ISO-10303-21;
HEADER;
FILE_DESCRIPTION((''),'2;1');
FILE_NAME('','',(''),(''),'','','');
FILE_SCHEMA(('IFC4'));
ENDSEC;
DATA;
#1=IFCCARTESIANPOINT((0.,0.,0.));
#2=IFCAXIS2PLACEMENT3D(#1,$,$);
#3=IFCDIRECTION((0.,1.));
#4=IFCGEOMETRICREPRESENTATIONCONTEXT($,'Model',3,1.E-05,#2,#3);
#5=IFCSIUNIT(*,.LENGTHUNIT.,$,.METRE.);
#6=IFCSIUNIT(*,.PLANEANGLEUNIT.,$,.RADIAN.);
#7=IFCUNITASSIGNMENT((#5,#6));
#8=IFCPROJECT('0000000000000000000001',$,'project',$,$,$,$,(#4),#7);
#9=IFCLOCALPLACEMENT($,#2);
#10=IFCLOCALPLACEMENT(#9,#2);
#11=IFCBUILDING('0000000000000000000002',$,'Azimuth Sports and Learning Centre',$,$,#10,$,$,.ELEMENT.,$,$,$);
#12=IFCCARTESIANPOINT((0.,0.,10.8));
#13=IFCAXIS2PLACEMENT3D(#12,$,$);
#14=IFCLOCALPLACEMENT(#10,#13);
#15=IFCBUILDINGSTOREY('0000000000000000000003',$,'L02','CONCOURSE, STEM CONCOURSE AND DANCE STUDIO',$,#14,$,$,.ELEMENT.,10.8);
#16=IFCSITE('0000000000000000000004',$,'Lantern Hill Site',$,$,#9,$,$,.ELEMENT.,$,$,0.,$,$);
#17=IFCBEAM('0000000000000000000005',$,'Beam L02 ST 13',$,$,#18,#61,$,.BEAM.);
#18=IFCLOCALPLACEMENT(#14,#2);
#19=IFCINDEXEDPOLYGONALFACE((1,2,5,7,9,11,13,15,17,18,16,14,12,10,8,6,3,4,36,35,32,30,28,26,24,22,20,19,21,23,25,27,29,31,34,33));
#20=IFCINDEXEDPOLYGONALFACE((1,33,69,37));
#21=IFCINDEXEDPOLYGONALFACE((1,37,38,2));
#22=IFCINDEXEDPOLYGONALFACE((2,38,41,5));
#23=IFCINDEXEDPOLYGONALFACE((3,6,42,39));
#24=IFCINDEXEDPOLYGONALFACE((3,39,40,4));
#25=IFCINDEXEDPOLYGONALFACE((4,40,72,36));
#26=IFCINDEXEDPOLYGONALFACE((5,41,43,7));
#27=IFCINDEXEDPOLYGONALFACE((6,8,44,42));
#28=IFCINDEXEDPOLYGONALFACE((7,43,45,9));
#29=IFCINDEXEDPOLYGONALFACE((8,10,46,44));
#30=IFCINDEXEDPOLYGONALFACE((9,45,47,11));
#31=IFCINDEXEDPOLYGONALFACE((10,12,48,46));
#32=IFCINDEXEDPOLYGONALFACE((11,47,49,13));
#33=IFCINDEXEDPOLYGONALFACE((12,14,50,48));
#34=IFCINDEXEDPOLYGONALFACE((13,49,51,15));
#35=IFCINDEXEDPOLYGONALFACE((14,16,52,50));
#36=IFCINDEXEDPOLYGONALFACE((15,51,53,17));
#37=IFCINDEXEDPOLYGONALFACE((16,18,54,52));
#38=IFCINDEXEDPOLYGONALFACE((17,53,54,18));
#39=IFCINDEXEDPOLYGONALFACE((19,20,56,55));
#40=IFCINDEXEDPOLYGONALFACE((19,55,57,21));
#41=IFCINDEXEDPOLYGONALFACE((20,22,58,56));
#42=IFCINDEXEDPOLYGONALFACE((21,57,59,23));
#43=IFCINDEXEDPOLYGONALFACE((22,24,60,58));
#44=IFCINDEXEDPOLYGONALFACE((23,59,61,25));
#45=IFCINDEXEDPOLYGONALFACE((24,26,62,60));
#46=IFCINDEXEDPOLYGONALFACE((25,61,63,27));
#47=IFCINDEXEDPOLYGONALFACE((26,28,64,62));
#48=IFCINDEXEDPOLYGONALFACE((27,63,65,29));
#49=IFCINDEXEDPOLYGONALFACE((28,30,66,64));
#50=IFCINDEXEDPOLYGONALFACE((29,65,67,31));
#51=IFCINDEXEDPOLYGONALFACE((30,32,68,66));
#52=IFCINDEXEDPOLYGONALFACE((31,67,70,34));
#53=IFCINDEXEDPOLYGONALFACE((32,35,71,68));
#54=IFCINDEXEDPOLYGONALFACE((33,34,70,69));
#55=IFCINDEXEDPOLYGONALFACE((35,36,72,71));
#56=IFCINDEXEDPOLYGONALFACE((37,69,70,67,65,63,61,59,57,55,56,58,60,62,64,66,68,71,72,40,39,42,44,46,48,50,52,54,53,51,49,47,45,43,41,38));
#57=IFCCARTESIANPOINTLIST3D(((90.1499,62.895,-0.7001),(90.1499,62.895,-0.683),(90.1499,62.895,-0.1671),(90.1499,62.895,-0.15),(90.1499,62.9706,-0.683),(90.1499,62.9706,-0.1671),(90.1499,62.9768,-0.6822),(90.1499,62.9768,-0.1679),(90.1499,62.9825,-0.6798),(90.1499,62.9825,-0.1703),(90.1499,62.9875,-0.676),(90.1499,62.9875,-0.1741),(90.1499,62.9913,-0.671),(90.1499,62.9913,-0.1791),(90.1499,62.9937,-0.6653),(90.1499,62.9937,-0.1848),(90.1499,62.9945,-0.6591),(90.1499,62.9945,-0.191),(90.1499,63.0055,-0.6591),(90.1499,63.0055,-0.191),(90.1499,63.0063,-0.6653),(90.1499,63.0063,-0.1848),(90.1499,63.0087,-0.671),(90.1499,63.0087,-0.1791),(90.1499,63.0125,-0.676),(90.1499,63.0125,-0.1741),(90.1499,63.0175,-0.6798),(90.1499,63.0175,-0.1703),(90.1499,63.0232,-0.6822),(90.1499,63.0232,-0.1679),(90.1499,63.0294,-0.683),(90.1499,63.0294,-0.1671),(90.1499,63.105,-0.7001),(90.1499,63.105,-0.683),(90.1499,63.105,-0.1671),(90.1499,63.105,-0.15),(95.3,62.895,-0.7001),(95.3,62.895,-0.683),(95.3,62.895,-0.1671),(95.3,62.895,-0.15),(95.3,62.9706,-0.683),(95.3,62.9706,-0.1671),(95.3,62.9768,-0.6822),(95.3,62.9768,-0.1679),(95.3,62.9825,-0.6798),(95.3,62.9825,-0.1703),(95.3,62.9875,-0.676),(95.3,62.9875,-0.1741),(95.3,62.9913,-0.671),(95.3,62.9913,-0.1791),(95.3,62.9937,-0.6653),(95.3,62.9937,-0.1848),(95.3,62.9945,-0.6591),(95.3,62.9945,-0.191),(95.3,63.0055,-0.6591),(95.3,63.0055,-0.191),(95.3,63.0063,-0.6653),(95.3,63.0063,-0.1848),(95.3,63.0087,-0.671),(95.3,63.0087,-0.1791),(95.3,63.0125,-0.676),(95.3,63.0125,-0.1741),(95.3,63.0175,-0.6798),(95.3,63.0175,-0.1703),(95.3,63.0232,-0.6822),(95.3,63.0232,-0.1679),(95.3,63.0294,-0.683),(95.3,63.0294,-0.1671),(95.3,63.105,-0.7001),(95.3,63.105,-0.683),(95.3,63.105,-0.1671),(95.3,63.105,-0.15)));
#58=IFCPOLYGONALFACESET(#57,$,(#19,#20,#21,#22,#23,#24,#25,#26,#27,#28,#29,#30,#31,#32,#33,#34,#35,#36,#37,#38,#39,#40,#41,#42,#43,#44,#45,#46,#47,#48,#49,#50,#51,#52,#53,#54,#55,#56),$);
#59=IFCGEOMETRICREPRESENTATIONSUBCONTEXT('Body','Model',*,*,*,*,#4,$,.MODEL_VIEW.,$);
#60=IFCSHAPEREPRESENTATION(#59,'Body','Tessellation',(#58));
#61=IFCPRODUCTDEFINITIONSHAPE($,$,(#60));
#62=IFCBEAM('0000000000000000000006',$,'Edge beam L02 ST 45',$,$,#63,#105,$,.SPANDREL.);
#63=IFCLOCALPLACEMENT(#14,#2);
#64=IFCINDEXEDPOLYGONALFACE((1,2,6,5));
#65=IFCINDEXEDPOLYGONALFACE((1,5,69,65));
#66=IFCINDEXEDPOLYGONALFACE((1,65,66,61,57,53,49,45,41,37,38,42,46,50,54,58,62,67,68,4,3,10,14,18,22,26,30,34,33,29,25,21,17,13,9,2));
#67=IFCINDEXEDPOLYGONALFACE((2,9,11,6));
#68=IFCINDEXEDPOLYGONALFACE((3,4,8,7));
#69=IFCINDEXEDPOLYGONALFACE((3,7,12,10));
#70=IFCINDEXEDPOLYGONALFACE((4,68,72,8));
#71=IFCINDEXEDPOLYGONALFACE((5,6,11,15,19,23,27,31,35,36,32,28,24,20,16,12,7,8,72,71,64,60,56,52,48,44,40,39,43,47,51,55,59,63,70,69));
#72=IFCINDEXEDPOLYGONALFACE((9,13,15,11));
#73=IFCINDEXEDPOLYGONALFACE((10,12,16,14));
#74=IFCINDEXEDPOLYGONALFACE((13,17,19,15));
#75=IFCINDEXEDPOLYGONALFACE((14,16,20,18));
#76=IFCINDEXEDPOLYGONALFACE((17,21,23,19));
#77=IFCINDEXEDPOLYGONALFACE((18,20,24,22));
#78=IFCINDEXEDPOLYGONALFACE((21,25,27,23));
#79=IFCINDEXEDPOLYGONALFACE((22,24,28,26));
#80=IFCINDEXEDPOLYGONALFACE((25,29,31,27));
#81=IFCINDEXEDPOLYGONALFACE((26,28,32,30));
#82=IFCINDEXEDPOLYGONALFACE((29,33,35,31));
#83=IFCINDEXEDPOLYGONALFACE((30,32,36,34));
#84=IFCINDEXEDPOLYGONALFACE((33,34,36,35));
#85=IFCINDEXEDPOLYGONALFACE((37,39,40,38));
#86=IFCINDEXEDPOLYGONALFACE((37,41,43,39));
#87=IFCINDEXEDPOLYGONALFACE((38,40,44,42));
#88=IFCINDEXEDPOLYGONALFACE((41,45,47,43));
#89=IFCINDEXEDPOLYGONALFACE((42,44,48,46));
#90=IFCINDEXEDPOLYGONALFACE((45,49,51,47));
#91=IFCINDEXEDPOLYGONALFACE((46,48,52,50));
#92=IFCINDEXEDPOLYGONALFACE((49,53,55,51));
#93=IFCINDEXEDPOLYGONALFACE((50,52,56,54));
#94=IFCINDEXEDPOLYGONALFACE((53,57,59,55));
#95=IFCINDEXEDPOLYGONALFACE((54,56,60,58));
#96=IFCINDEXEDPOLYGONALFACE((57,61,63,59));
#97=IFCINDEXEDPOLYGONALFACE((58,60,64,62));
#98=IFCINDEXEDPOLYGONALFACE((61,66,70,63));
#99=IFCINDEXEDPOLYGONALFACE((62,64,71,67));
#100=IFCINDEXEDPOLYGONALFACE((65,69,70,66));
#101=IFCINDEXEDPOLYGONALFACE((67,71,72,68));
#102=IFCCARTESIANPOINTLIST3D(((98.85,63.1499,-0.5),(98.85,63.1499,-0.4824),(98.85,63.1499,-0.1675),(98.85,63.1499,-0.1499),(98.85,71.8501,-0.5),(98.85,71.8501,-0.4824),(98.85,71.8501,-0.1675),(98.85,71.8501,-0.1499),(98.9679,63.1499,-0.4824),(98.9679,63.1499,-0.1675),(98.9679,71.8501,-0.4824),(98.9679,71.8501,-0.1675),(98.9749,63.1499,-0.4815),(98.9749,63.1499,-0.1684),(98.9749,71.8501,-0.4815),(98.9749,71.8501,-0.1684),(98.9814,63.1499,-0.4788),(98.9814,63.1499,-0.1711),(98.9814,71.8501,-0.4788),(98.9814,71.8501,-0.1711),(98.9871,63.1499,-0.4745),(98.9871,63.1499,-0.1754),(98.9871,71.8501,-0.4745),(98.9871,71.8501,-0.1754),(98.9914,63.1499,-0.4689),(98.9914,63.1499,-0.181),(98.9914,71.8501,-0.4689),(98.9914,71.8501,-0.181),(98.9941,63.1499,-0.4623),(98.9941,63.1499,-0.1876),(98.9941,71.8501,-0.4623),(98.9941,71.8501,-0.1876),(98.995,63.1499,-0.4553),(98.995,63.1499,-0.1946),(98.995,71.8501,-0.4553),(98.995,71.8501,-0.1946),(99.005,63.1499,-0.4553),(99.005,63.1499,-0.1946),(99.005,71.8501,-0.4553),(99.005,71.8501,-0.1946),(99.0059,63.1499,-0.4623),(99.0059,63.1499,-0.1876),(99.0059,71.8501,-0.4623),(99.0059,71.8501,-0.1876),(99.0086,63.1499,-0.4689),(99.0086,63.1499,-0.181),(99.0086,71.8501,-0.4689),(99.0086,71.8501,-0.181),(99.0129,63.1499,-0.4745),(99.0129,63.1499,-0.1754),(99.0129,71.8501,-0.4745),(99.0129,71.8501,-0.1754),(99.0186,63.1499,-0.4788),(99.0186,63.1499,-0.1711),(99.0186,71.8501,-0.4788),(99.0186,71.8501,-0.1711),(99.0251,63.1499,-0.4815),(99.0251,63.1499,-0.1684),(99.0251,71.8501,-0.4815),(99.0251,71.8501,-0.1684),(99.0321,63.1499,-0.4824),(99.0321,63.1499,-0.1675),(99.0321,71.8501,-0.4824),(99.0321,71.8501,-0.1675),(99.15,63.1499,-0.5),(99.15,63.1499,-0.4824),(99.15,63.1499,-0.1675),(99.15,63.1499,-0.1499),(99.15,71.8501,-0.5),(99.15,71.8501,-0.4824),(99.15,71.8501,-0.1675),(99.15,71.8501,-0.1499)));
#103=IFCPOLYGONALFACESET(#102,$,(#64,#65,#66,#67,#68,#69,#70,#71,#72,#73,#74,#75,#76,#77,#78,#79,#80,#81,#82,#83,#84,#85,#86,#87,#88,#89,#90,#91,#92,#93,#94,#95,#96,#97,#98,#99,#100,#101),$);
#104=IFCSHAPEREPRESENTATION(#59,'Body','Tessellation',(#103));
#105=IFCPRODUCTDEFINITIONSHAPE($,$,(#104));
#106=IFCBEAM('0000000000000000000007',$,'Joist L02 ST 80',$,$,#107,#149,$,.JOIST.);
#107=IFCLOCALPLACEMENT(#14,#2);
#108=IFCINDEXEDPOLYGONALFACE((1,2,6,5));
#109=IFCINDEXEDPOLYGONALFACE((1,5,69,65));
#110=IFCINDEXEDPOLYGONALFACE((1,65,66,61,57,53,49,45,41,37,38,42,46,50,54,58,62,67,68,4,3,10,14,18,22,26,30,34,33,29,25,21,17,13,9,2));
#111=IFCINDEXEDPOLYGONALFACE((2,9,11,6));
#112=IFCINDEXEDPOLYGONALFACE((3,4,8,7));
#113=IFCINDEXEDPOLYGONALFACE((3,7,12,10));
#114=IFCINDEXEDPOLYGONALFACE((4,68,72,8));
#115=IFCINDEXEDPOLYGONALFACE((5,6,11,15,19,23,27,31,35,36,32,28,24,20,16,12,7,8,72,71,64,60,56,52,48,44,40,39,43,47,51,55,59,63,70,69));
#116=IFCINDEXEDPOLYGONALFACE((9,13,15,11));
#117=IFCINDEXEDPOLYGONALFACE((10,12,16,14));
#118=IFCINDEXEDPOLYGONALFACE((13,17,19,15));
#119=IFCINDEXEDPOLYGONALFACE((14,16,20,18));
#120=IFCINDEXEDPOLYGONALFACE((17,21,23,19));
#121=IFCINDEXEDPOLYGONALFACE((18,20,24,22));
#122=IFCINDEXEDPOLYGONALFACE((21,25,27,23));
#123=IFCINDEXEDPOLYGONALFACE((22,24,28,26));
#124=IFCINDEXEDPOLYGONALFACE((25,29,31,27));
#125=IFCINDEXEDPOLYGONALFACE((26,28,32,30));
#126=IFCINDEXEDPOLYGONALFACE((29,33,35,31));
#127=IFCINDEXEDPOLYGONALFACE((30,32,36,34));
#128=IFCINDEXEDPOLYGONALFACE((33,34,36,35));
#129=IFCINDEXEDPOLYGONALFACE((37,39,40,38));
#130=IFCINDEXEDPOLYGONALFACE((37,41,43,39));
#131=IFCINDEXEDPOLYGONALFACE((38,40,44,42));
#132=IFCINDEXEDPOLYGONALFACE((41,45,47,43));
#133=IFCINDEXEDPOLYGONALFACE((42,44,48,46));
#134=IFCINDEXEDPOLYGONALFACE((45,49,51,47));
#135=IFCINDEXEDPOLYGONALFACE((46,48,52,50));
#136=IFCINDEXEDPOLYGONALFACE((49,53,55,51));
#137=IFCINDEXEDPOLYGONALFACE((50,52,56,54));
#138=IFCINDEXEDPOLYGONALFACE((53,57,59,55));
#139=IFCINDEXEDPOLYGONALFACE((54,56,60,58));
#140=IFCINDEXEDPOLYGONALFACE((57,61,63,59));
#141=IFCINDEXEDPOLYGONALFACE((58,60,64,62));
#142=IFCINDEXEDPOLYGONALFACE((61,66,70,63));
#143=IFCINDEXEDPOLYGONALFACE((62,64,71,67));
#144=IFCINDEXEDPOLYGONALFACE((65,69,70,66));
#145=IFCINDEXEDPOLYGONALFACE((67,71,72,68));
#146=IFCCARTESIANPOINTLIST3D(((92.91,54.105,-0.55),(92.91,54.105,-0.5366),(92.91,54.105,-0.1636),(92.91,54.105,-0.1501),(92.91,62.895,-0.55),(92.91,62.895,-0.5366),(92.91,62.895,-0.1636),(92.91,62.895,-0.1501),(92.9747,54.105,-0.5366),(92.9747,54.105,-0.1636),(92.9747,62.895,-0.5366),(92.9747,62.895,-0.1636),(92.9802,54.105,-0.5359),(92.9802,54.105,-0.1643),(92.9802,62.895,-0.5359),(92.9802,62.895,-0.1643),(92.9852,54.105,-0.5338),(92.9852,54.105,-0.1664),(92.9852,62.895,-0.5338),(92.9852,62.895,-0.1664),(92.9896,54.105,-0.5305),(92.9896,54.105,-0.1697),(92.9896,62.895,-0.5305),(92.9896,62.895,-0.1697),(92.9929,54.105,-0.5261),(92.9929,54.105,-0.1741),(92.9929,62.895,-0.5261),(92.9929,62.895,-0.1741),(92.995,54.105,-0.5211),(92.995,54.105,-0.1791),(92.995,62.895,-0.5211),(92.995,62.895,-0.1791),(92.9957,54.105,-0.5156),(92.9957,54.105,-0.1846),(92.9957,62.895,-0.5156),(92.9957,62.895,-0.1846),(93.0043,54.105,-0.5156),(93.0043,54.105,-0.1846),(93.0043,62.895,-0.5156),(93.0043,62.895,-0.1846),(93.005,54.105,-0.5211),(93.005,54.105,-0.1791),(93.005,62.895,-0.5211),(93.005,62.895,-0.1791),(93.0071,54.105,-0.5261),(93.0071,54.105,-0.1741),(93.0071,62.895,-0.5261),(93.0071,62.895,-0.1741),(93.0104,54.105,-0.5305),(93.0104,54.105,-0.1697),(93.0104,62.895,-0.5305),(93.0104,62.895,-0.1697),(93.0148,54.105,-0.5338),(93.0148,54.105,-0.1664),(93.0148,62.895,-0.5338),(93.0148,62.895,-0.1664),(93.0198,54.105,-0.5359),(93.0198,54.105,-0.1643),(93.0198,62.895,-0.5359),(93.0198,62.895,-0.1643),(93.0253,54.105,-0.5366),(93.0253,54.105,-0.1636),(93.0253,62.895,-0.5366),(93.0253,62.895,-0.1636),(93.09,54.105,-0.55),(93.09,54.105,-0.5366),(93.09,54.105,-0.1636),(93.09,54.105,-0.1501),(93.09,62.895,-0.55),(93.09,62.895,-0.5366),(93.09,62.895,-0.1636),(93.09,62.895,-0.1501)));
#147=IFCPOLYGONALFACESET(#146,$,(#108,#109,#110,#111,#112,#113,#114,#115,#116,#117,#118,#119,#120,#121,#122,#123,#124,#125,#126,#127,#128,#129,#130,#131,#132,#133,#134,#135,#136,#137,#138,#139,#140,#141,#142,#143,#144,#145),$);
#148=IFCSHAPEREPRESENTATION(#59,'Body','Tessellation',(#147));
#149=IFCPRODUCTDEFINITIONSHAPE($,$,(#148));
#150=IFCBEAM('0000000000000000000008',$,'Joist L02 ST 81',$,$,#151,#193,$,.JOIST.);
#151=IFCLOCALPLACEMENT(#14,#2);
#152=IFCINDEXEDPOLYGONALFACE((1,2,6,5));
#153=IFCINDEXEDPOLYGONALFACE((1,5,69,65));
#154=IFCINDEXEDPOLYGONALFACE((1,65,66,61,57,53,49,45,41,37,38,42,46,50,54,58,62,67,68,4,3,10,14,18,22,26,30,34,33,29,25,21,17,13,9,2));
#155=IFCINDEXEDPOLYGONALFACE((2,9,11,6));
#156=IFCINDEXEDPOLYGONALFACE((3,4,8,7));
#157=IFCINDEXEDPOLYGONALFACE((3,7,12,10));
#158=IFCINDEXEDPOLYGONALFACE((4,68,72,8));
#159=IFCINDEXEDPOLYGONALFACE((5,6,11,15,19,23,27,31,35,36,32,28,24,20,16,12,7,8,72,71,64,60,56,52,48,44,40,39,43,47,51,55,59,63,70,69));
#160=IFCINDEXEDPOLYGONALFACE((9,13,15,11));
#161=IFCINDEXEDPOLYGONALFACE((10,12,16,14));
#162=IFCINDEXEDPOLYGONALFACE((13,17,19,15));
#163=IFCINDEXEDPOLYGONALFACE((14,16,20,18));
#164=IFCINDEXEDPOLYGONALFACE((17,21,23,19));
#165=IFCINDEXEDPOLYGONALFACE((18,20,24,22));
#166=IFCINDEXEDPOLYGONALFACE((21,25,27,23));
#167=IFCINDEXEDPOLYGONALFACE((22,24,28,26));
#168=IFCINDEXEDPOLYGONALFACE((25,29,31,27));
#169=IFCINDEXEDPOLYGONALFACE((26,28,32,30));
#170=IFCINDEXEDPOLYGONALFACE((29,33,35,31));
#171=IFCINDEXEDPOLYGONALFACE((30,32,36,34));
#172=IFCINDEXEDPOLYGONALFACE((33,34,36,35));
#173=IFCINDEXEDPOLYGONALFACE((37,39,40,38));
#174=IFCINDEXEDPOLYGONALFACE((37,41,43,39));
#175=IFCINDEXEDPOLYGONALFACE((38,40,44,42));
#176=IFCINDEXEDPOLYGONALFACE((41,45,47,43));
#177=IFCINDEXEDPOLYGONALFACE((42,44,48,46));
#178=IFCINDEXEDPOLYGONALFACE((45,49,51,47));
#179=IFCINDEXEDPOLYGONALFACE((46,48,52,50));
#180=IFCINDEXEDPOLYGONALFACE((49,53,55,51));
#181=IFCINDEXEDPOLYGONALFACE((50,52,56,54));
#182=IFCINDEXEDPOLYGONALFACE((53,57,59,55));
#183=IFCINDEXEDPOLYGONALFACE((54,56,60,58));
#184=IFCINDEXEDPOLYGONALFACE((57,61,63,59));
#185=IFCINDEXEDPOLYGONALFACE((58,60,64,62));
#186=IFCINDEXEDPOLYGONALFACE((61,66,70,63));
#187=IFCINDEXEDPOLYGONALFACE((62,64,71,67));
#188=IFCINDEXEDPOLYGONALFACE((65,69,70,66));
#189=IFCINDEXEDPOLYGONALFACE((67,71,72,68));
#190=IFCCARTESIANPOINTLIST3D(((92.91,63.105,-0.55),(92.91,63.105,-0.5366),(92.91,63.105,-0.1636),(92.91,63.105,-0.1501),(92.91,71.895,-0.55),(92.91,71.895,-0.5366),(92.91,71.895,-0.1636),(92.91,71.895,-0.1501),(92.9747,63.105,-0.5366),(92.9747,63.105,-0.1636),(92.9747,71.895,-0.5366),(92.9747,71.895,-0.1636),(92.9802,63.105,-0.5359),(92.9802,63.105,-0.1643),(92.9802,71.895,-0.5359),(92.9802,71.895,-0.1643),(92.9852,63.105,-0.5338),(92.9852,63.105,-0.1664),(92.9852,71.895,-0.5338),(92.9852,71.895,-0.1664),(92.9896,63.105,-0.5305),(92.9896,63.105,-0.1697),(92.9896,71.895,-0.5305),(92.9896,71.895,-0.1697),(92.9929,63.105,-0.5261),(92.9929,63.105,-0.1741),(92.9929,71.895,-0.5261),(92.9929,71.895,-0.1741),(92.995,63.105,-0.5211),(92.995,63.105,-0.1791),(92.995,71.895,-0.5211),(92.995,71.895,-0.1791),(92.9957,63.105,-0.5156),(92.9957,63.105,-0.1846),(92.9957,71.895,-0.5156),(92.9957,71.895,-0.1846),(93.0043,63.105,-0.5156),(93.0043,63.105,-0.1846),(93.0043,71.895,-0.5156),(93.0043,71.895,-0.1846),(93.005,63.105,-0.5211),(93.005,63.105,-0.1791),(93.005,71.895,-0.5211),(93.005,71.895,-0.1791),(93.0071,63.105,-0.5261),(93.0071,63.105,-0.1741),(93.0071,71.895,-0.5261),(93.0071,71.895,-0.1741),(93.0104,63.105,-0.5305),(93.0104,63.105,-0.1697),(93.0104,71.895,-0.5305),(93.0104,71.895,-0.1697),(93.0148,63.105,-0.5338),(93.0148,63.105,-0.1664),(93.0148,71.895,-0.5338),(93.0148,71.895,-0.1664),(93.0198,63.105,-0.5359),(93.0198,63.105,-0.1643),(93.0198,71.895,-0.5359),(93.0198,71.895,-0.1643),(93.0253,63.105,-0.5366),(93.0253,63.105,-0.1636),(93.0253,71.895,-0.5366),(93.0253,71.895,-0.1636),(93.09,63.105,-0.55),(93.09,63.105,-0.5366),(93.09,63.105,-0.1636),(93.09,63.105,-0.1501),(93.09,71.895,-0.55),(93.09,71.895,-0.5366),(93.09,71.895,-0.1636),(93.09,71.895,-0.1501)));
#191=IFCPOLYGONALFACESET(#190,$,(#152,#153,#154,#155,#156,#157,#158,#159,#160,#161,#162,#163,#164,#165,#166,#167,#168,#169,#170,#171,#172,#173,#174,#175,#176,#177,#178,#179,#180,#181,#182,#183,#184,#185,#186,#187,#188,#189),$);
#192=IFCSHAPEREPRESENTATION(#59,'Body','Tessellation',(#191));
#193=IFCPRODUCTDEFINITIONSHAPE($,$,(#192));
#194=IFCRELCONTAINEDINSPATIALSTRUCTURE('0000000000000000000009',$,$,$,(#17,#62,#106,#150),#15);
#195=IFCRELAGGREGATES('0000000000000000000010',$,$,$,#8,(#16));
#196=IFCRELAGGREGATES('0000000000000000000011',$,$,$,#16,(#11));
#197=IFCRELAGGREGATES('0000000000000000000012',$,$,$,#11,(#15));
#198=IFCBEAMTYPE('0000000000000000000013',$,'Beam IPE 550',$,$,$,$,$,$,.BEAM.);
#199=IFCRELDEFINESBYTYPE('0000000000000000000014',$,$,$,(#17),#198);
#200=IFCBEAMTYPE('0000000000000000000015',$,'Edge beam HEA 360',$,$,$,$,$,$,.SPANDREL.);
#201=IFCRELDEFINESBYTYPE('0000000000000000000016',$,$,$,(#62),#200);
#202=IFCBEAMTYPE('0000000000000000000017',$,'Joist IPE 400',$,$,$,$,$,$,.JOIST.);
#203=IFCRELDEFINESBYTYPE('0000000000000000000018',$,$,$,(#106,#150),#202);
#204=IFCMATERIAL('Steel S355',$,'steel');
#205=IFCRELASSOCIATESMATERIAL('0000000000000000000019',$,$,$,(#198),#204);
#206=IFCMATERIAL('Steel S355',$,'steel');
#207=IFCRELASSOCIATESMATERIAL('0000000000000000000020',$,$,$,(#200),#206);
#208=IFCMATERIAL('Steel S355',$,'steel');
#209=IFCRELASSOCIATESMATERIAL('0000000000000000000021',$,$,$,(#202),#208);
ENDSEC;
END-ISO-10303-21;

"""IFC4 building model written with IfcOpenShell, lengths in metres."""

from ifc_helpers import new_model, si_unit, direction, frame, origin, origin_2d, place, context, subcontext, project, spatial, i_section, extrude, material, material_profile, profile_set, type_object, element, save


model = new_model("IFC4")

# Units and contexts
model_context = context("Model", 3, precision=1e-05, world=origin(), true_north=direction((0.0, 1.0)))
body_context = subcontext(model_context, "Body", "Model", "MODEL_VIEW")
ifc_project = project(units=[si_unit("LENGTHUNIT", "METRE"), si_unit("PLANEANGLEUNIT", "RADIAN")], contexts=[model_context])

# Site, building, storey
site_placement = place(None, origin())
site = spatial("IfcSite", under=ifc_project, at=site_placement, Name="Lantern Hill Site", CompositionType="ELEMENT", RefElevation=0.0)
building_placement = place(site_placement, origin())
building = spatial("IfcBuilding", under=site, at=building_placement, Name="Azimuth Sports and Learning Centre", CompositionType="ELEMENT")
storey_placement = place(building_placement, frame((0.0, 0.0, 10.8)))
storey = spatial("IfcBuildingStorey", under=building, at=storey_placement, Name="L02", Description="CONCOURSE, STEM CONCOURSE AND DANCE STUDIO", CompositionType="ELEMENT", Elevation=10.8)

# Beams
ifc_material_1 = material(Name="Steel S355", Category="steel")
ifc_material_profile_1 = material_profile(ifc_material_1, i_section(OverallWidth=0.21, OverallDepth=0.55, WebThickness=0.011, FlangeThickness=0.0171, FilletRadius=0.0239, at=origin_2d()), Name="IPE 550")
ifc_profile_set_1 = profile_set([ifc_material_profile_1], Name="Steel S355")
beam_type_1 = type_object("IfcBeamType", Name="Beam IPE 550", PredefinedType="BEAM", material=ifc_profile_set_1)
for number, where, z_axis, x_axis, name in (
    (1, (90.1499, 63.0, -0.425), (1.0, 0.0, 0.0), (0.0, 1.0, 0.0), "Beam L02 ST 13"),
):
    element("IfcBeam", number, at=place(storey_placement, frame(where, z_axis=z_axis, x_axis=x_axis)), inside=storey, type_object=beam_type_1, Name=name, PredefinedType="BEAM", context=body_context, shape_type="SweptSolid", body=[
        extrude(i_section(OverallWidth=0.21, OverallDepth=0.55, WebThickness=0.011, FlangeThickness=0.0171, FilletRadius=0.0239, at=origin_2d()), origin(), (0.0, 0.0, 1.0), 5.1501),
    ])
ifc_material_2 = material(Name="Steel S355", Category="steel")
ifc_material_profile_2 = material_profile(ifc_material_2, i_section(OverallWidth=0.3, OverallDepth=0.3501, WebThickness=0.01, FlangeThickness=0.0176, FilletRadius=0.0271, at=origin_2d()), Name="HEA 360")
ifc_profile_set_2 = profile_set([ifc_material_profile_2], Name="Steel S355")
beam_type_2 = type_object("IfcBeamType", Name="Edge beam HEA 360", PredefinedType="SPANDREL", material=ifc_profile_set_2)
beam_1_placement = place(storey_placement, frame((99.0, 63.1499, -0.325), z_axis=(0.0, 1.0, 0.0), x_axis=(-1.0, 0.0, 0.0)))
element("IfcBeam", 2, at=beam_1_placement, inside=storey, type_object=beam_type_2, Name="Edge beam L02 ST 45", PredefinedType="SPANDREL", context=body_context, shape_type="SweptSolid", body=[
    extrude(i_section(OverallWidth=0.3, OverallDepth=0.3501, WebThickness=0.01, FlangeThickness=0.0176, FilletRadius=0.0271, at=origin_2d()), origin(), (0.0, 0.0, 1.0), 8.7002),
])
ifc_material_3 = material(Name="Steel S355", Category="steel")
ifc_material_profile_3 = material_profile(ifc_material_3, i_section(OverallWidth=0.1799, OverallDepth=0.3999, WebThickness=0.0085, FlangeThickness=0.0134, FilletRadius=0.021, at=origin_2d()), Name="IPE 400")
ifc_profile_set_3 = profile_set([ifc_material_profile_3], Name="Steel S355")
beam_type_3 = type_object("IfcBeamType", Name="Joist IPE 400", PredefinedType="JOIST", material=ifc_profile_set_3)
for number, where, z_axis, x_axis, name in (
    (3, (93.0, 54.105, -0.3501), (0.0, 1.0, 0.0), (-1.0, 0.0, 0.0), "Joist L02 ST 80"),
    (4, (93.0, 63.105, -0.3501), (0.0, 1.0, 0.0), (-1.0, 0.0, 0.0), "Joist L02 ST 81"),
):
    element("IfcBeam", number, at=place(storey_placement, frame(where, z_axis=z_axis, x_axis=x_axis)), inside=storey, type_object=beam_type_3, Name=name, PredefinedType="JOIST", context=body_context, shape_type="SweptSolid", body=[
        extrude(i_section(OverallWidth=0.1799, OverallDepth=0.3999, WebThickness=0.0085, FlangeThickness=0.0134, FilletRadius=0.021, at=origin_2d()), origin(), (0.0, 0.0, 1.0), 8.79),
    ])

save(model, "model.ifc")
